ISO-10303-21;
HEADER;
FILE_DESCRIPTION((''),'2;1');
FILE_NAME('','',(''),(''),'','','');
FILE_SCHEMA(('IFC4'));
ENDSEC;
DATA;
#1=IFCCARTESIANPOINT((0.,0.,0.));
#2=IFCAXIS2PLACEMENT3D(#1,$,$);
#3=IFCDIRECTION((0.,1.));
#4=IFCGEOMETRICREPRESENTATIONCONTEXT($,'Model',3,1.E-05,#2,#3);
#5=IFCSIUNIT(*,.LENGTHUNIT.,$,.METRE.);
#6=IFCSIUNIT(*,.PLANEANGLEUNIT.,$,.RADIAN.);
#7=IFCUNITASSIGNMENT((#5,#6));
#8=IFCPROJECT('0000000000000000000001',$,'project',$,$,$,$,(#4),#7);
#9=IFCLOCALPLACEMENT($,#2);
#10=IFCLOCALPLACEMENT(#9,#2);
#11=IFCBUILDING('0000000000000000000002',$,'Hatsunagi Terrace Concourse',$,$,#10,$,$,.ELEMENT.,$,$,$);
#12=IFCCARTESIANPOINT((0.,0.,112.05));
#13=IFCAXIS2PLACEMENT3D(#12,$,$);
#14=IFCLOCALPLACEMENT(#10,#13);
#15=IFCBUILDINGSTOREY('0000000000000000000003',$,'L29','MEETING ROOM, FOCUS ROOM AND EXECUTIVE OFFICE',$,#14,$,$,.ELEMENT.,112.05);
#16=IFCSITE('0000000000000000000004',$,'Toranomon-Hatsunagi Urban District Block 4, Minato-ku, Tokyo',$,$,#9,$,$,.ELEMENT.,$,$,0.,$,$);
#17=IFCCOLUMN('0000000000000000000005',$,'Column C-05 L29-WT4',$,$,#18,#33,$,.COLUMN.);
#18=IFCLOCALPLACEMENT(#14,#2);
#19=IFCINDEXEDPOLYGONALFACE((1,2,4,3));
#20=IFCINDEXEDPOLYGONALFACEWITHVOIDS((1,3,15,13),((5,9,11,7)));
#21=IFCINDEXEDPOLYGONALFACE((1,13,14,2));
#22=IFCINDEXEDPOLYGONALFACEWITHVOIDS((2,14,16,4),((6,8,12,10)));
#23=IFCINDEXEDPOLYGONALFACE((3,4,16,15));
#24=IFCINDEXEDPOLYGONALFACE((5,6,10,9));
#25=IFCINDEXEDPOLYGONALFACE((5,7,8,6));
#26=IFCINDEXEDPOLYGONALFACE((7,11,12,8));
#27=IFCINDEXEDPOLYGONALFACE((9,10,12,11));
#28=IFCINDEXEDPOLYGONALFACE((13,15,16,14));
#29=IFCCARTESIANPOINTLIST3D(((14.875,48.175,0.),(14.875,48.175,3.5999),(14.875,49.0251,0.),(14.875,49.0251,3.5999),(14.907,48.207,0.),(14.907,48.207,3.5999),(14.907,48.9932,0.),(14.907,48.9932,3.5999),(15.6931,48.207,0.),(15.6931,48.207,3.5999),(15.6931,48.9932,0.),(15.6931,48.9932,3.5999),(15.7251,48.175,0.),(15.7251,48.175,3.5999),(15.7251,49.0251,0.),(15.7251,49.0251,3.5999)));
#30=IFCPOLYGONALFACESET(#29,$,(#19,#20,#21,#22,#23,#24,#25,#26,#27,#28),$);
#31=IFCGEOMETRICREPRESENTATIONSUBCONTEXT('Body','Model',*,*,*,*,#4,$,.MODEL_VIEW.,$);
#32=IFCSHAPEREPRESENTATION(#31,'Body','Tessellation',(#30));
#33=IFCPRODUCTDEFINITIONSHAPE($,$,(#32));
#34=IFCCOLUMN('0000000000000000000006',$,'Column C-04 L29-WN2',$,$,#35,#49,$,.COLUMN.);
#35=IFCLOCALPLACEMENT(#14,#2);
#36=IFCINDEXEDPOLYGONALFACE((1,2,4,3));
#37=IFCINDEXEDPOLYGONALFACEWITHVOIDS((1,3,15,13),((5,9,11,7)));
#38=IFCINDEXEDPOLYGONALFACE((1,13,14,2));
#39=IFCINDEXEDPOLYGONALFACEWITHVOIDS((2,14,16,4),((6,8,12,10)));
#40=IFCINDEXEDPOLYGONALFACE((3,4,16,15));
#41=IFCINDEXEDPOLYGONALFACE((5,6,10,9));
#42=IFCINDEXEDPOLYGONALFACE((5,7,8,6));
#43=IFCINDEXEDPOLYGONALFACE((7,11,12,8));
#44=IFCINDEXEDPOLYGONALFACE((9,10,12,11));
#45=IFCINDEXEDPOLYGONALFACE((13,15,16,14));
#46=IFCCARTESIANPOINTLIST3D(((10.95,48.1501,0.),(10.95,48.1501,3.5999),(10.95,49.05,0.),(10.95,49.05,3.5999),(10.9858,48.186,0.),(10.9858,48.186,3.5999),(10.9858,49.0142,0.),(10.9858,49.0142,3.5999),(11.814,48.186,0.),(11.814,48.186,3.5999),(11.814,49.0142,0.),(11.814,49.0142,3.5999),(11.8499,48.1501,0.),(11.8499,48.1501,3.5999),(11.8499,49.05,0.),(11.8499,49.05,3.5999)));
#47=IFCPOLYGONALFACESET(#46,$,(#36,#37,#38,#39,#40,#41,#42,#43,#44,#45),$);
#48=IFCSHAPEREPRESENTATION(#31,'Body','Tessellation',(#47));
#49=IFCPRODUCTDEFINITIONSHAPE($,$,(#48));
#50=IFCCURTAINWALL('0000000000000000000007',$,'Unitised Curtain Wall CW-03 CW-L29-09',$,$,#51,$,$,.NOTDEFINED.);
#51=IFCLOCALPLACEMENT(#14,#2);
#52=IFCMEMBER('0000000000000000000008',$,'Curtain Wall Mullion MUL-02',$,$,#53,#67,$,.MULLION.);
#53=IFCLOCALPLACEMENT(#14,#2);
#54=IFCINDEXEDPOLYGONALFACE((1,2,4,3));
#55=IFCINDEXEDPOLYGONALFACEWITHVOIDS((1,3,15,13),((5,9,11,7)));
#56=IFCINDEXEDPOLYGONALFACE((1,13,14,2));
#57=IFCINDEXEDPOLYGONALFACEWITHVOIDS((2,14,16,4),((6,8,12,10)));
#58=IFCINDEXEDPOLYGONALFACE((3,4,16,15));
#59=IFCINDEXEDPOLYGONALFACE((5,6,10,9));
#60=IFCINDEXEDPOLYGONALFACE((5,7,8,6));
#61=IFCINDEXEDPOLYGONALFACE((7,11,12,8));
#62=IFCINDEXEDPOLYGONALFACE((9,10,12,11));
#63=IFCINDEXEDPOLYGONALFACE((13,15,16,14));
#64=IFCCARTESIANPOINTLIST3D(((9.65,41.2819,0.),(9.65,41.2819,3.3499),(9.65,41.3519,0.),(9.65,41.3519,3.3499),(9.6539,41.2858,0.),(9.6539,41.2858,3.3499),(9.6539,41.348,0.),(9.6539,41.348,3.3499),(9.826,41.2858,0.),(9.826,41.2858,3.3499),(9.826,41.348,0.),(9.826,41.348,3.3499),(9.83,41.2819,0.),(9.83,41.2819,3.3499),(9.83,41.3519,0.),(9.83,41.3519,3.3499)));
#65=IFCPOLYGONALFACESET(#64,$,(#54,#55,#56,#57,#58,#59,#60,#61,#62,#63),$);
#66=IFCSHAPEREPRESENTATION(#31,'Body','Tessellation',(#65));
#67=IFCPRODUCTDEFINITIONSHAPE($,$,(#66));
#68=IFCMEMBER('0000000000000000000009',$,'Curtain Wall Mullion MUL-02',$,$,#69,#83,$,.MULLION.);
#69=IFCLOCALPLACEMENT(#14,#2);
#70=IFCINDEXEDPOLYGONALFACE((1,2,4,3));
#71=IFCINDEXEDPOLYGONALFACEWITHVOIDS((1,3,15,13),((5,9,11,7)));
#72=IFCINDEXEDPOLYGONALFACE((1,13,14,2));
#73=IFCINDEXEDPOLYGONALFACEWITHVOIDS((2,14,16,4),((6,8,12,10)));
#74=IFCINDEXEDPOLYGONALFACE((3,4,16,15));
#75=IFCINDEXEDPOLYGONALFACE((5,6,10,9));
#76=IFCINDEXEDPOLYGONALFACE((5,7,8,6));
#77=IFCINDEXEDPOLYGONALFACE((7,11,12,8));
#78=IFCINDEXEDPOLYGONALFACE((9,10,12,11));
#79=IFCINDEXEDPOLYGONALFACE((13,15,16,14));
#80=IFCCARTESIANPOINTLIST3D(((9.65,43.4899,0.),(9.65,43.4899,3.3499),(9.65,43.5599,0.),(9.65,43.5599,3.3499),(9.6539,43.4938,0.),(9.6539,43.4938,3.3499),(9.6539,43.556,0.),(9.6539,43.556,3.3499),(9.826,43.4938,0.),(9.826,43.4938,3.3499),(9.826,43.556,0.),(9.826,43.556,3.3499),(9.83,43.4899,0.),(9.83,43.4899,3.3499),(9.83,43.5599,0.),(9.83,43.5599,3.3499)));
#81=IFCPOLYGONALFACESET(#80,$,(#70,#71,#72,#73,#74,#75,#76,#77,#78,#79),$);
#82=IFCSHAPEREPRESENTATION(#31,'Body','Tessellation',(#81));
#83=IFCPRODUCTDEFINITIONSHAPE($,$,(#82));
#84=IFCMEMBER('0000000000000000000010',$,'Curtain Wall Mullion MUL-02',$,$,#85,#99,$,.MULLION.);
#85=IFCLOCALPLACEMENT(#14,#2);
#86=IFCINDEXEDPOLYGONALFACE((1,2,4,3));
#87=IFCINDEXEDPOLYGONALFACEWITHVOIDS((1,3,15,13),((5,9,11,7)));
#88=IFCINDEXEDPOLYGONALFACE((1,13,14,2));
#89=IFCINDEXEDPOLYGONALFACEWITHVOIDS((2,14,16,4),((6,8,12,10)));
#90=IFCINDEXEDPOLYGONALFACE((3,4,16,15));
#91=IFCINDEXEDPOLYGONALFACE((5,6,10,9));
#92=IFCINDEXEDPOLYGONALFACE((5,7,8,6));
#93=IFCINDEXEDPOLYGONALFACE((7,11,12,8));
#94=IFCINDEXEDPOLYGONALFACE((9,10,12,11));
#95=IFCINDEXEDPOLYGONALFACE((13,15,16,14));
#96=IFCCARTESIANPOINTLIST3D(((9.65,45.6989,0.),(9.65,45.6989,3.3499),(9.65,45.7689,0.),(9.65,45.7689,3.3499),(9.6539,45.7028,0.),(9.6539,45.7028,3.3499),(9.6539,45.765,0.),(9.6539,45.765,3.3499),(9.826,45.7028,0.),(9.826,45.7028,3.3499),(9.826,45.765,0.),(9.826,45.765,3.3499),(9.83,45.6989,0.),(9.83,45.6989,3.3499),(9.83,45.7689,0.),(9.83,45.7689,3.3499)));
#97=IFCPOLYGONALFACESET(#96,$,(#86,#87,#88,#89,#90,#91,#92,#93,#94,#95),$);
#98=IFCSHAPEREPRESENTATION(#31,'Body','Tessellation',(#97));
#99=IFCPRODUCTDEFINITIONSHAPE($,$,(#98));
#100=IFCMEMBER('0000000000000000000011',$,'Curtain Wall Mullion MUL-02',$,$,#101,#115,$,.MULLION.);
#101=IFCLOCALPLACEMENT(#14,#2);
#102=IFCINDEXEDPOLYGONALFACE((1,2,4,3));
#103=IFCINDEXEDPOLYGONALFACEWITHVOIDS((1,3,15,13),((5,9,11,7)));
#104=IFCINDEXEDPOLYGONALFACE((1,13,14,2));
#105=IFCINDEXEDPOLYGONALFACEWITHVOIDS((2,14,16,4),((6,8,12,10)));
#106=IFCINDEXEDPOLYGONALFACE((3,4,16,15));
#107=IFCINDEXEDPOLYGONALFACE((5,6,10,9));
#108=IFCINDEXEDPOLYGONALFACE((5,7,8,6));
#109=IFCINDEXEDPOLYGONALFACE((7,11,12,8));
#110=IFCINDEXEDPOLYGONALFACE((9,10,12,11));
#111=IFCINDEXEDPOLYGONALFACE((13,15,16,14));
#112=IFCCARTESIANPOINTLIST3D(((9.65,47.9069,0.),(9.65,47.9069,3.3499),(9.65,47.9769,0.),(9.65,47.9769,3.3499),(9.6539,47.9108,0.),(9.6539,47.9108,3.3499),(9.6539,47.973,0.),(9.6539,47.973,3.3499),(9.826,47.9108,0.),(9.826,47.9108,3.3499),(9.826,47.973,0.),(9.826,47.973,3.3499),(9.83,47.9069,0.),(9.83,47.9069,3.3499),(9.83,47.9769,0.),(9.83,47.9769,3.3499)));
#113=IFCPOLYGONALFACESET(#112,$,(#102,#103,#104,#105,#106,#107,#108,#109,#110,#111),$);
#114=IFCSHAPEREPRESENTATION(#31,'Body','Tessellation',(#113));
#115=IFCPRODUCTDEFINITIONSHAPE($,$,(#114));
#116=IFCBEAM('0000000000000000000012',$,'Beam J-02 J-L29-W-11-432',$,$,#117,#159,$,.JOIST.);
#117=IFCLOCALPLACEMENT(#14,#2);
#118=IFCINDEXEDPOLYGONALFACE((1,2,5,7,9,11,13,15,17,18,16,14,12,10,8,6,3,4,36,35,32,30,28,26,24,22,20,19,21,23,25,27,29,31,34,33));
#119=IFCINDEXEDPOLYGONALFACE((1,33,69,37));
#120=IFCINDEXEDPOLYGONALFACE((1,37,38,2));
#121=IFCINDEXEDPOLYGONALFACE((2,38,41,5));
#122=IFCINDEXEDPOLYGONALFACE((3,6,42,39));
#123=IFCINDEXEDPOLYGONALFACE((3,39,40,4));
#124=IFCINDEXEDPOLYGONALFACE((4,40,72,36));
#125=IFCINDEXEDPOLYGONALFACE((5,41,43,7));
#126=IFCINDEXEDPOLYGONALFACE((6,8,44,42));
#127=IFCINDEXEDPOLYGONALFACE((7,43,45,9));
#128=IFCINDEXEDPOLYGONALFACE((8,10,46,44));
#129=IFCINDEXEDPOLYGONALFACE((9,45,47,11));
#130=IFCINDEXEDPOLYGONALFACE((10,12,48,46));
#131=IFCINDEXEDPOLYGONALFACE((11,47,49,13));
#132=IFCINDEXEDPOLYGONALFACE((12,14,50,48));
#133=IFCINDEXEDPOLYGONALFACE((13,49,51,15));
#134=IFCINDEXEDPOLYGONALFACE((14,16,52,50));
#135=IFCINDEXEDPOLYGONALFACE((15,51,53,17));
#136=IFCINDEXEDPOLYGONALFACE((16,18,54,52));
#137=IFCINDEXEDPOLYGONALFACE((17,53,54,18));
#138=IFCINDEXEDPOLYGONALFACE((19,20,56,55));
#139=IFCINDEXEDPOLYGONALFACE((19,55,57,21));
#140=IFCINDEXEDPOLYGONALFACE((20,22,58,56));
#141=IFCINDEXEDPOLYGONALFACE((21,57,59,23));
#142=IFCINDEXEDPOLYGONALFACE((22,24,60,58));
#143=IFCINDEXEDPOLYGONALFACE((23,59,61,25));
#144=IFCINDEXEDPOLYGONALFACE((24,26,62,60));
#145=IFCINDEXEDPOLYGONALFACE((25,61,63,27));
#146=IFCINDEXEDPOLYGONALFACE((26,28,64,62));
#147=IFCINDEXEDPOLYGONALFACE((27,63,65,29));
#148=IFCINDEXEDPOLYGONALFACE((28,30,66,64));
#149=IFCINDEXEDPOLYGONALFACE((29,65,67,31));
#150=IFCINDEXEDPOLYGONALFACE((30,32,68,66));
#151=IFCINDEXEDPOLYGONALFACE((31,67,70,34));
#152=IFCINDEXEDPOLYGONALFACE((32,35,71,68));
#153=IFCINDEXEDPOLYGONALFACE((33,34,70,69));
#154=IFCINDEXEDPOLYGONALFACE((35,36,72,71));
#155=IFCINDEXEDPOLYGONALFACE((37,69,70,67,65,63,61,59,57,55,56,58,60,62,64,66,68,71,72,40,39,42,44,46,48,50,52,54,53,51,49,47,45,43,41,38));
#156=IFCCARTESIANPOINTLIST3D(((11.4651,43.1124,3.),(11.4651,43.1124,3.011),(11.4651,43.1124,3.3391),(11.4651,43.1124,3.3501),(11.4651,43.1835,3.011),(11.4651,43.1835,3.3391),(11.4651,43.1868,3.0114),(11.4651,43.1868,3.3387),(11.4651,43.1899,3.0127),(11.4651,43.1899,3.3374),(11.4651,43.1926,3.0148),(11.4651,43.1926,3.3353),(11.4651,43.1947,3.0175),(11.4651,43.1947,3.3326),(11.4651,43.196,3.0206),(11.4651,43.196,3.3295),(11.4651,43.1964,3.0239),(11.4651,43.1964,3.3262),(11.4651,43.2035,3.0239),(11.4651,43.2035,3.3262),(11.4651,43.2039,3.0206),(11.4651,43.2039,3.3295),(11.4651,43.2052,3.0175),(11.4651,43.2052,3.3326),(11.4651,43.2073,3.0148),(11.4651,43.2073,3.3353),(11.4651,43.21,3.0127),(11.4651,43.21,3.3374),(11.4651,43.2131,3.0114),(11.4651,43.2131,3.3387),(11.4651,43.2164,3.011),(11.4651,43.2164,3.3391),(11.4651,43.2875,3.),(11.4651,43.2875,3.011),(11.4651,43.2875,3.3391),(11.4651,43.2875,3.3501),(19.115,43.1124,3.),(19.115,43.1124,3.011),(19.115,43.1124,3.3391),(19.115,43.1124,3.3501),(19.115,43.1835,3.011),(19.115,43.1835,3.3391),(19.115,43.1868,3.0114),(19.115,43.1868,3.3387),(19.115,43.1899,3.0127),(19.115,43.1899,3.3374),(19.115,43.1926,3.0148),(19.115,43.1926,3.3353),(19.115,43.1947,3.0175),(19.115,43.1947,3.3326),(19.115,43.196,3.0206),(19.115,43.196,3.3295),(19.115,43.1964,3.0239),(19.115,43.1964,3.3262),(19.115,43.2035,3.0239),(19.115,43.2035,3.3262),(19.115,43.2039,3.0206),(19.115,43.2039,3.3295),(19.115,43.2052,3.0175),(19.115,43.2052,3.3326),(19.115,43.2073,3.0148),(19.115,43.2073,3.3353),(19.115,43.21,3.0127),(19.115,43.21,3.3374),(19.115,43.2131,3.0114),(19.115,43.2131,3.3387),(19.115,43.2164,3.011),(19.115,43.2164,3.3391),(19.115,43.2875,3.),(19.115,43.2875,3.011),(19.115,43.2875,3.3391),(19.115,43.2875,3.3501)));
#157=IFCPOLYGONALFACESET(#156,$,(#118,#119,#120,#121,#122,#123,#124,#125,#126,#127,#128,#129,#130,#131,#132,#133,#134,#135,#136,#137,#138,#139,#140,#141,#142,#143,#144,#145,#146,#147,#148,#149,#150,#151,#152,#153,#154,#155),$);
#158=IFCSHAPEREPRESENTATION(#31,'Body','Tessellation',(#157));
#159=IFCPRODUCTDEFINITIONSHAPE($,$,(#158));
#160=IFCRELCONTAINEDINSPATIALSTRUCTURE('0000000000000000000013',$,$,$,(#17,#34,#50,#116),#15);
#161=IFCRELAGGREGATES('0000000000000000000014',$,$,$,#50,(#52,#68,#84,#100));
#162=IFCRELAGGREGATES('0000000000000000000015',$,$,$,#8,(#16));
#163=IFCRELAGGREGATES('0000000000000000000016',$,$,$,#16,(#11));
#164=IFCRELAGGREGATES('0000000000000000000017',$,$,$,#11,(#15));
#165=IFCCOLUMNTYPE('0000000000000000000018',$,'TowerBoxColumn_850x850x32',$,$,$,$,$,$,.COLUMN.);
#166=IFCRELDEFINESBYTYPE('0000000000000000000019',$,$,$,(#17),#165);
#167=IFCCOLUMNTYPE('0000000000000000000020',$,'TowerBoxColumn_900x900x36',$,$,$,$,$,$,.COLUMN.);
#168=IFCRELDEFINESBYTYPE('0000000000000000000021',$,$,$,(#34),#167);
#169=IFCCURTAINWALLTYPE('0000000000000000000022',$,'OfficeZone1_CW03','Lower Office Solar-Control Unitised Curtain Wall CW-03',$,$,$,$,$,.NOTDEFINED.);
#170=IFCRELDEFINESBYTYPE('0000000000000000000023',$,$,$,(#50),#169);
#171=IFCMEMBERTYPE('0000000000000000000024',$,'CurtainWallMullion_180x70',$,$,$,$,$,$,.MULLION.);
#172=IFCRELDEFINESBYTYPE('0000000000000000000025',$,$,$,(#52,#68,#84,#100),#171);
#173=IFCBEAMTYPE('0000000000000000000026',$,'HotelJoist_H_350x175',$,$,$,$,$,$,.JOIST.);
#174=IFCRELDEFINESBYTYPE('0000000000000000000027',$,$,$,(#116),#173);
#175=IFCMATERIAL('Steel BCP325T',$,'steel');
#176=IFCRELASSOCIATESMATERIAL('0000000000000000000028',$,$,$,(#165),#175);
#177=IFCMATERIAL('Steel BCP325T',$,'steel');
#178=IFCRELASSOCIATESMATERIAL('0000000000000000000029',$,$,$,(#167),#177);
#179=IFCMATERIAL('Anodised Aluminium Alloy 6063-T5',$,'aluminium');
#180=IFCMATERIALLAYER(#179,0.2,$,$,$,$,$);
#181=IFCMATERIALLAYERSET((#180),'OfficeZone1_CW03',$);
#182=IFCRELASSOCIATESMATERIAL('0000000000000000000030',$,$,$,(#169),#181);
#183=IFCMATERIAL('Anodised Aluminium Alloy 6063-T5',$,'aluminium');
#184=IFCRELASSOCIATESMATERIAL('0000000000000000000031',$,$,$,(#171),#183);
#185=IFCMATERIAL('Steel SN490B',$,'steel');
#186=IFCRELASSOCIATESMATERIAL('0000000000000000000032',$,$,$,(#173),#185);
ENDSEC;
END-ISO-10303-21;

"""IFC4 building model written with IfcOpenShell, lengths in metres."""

from ifc_helpers import new_model, si_unit, direction, frame, origin, origin_2d, place, context, subcontext, project, spatial, hollow_rectangle, i_section, extrude, material, layer, layer_set, material_profile, profile_set, type_object, element, aggregate, save


model = new_model("IFC4")

# Units and contexts
model_context = context("Model", 3, precision=1e-05, world=origin(), true_north=direction((0.0, 1.0)))
body_context = subcontext(model_context, "Body", "Model", "MODEL_VIEW")
ifc_project = project(units=[si_unit("LENGTHUNIT", "METRE"), si_unit("PLANEANGLEUNIT", "RADIAN")], contexts=[model_context])

# Site, building, storey
site_placement = place(None, origin())
site = spatial("IfcSite", under=ifc_project, at=site_placement, Name="Toranomon-Hatsunagi Urban District Block 4, Minato-ku, Tokyo", CompositionType="ELEMENT", RefElevation=0.0)
building_placement = place(site_placement, origin())
building = spatial("IfcBuilding", under=site, at=building_placement, Name="Hatsunagi Terrace Concourse", CompositionType="ELEMENT")
storey_placement = place(building_placement, frame((0.0, 0.0, 112.05)))
storey = spatial("IfcBuildingStorey", under=building, at=storey_placement, Name="L29", Description="MEETING ROOM, FOCUS ROOM AND EXECUTIVE OFFICE", CompositionType="ELEMENT", Elevation=112.05)

# Columns
ifc_material_1 = material(Name="Steel BCP325T", Category="steel")
ifc_material_profile_1 = material_profile(ifc_material_1, hollow_rectangle(XDim=0.8501, YDim=0.8501, WallThickness=0.032, at=origin_2d()), Name="BCP-850x850x32")
ifc_profile_set_1 = profile_set([ifc_material_profile_1], Name="Steel BCP325T")
column_type_1 = type_object("IfcColumnType", Name="TowerBoxColumn_850x850x32", PredefinedType="COLUMN", material=ifc_profile_set_1)
column_1_placement = place(storey_placement, frame((15.3, 48.6001, 0.0), z_axis=(0.0, 0.0, 1.0), x_axis=(1.0, 0.0, 0.0)))
element("IfcColumn", 1, at=column_1_placement, inside=storey, type_object=column_type_1, Name="Column C-05 L29-WT4", PredefinedType="COLUMN", context=body_context, shape_type="SweptSolid", body=[
    extrude(hollow_rectangle(XDim=0.8501, YDim=0.8501, WallThickness=0.032, at=origin_2d()), origin(), (0.0, 0.0, 1.0), 3.5999),
])
ifc_material_2 = material(Name="Steel BCP325T", Category="steel")
ifc_material_profile_2 = material_profile(ifc_material_2, hollow_rectangle(XDim=0.8999, YDim=0.8999, WallThickness=0.0359, at=origin_2d()), Name="BCP-900x900x36")
ifc_profile_set_2 = profile_set([ifc_material_profile_2], Name="Steel BCP325T")
column_type_2 = type_object("IfcColumnType", Name="TowerBoxColumn_900x900x36", PredefinedType="COLUMN", material=ifc_profile_set_2)
column_2_placement = place(storey_placement, frame((11.3999, 48.6001, 0.0), z_axis=(0.0, 0.0, 1.0), x_axis=(1.0, 0.0, 0.0)))
element("IfcColumn", 2, at=column_2_placement, inside=storey, type_object=column_type_2, Name="Column C-04 L29-WN2", PredefinedType="COLUMN", context=body_context, shape_type="SweptSolid", body=[
    extrude(hollow_rectangle(XDim=0.8999, YDim=0.8999, WallThickness=0.0359, at=origin_2d()), origin(), (0.0, 0.0, 1.0), 3.5999),
])

# Curtain wall, members
ifc_material_3 = material(Name="Anodised Aluminium Alloy 6063-T5", Category="aluminium")
ifc_layer_1 = layer(ifc_material_3, 0.2)
ifc_layer_set_1 = layer_set([ifc_layer_1], Name="OfficeZone1_CW03")
curtain_wall_type = type_object("IfcCurtainWallType", Name="OfficeZone1_CW03", Description="Lower Office Solar-Control Unitised Curtain Wall CW-03", PredefinedType="NOTDEFINED", material=ifc_layer_set_1)
curtain_wall_placement = place(storey_placement, origin())
curtain_wall = element("IfcCurtainWall", 3, at=curtain_wall_placement, inside=storey, type_object=curtain_wall_type, Name="Unitised Curtain Wall CW-03 CW-L29-09", PredefinedType="NOTDEFINED")
ifc_material_4 = material(Name="Anodised Aluminium Alloy 6063-T5", Category="aluminium")
ifc_material_profile_3 = material_profile(ifc_material_4, hollow_rectangle(XDim=0.0701, YDim=0.1799, WallThickness=0.0039, at=origin_2d()), Name="ALU-MUL-180x70x4")
ifc_profile_set_3 = profile_set([ifc_material_profile_3], Name="Anodised Aluminium Alloy 6063-T5")
member_type = type_object("IfcMemberType", Name="CurtainWallMullion_180x70", PredefinedType="MULLION", material=ifc_profile_set_3)
member_1_placement = place(storey_placement, frame((9.74, 41.3169, 0.0), z_axis=(0.0, 0.0, 1.0), x_axis=(0.0, 1.0, 0.0)))
member_1 = element("IfcMember", 4, at=member_1_placement, type_object=member_type, Name="Curtain Wall Mullion MUL-02", PredefinedType="MULLION", context=body_context, shape_type="SweptSolid", body=[
    extrude(hollow_rectangle(XDim=0.0701, YDim=0.1799, WallThickness=0.0039, at=origin_2d()), origin(), (0.0, 0.0, 1.0), 3.3499),
])
member_2_placement = place(storey_placement, frame((9.74, 43.5249, 0.0), z_axis=(0.0, 0.0, 1.0), x_axis=(0.0, 1.0, 0.0)))
member_2 = element("IfcMember", 5, at=member_2_placement, type_object=member_type, Name="Curtain Wall Mullion MUL-02", PredefinedType="MULLION", context=body_context, shape_type="SweptSolid", body=[
    extrude(hollow_rectangle(XDim=0.0701, YDim=0.1799, WallThickness=0.0039, at=origin_2d()), origin(), (0.0, 0.0, 1.0), 3.3499),
])
member_3_placement = place(storey_placement, frame((9.74, 45.7339, 0.0), z_axis=(0.0, 0.0, 1.0), x_axis=(0.0, 1.0, 0.0)))
member_3 = element("IfcMember", 6, at=member_3_placement, type_object=member_type, Name="Curtain Wall Mullion MUL-02", PredefinedType="MULLION", context=body_context, shape_type="SweptSolid", body=[
    extrude(hollow_rectangle(XDim=0.0701, YDim=0.1799, WallThickness=0.0039, at=origin_2d()), origin(), (0.0, 0.0, 1.0), 3.3499),
])
member_4_placement = place(storey_placement, frame((9.74, 47.9419, 0.0), z_axis=(0.0, 0.0, 1.0), x_axis=(0.0, 1.0, 0.0)))
member_4 = element("IfcMember", 7, at=member_4_placement, type_object=member_type, Name="Curtain Wall Mullion MUL-02", PredefinedType="MULLION", context=body_context, shape_type="SweptSolid", body=[
    extrude(hollow_rectangle(XDim=0.0701, YDim=0.1799, WallThickness=0.0039, at=origin_2d()), origin(), (0.0, 0.0, 1.0), 3.3499),
])

# Beam
ifc_material_5 = material(Name="Steel SN490B", Category="steel")
ifc_material_profile_4 = material_profile(ifc_material_5, i_section(OverallWidth=0.175, OverallDepth=0.3501, WebThickness=0.0071, FlangeThickness=0.011, FilletRadius=0.0129, at=origin_2d()), Name="H-350x175x7x11")
ifc_profile_set_4 = profile_set([ifc_material_profile_4], Name="Steel SN490B")
beam_type_1 = type_object("IfcBeamType", Name="HotelJoist_H_350x175", PredefinedType="JOIST", material=ifc_profile_set_4)
for number, where, z_axis, x_axis, name in (
    (8, (11.4651, 43.2, 3.175), (1.0, 0.0, 0.0), (0.0, 1.0, 0.0), "Beam J-02 J-L29-W-11-432"),
):
    element("IfcBeam", number, at=place(storey_placement, frame(where, z_axis=z_axis, x_axis=x_axis)), inside=storey, type_object=beam_type_1, Name=name, PredefinedType="JOIST", context=body_context, shape_type="SweptSolid", body=[
        extrude(i_section(OverallWidth=0.175, OverallDepth=0.3501, WebThickness=0.0071, FlangeThickness=0.011, FilletRadius=0.0129, at=origin_2d()), origin(), (0.0, 0.0, 1.0), 7.6499),
    ])

aggregate(curtain_wall, [member_1, member_2, member_3, member_4])

save(model, "model.ifc")
